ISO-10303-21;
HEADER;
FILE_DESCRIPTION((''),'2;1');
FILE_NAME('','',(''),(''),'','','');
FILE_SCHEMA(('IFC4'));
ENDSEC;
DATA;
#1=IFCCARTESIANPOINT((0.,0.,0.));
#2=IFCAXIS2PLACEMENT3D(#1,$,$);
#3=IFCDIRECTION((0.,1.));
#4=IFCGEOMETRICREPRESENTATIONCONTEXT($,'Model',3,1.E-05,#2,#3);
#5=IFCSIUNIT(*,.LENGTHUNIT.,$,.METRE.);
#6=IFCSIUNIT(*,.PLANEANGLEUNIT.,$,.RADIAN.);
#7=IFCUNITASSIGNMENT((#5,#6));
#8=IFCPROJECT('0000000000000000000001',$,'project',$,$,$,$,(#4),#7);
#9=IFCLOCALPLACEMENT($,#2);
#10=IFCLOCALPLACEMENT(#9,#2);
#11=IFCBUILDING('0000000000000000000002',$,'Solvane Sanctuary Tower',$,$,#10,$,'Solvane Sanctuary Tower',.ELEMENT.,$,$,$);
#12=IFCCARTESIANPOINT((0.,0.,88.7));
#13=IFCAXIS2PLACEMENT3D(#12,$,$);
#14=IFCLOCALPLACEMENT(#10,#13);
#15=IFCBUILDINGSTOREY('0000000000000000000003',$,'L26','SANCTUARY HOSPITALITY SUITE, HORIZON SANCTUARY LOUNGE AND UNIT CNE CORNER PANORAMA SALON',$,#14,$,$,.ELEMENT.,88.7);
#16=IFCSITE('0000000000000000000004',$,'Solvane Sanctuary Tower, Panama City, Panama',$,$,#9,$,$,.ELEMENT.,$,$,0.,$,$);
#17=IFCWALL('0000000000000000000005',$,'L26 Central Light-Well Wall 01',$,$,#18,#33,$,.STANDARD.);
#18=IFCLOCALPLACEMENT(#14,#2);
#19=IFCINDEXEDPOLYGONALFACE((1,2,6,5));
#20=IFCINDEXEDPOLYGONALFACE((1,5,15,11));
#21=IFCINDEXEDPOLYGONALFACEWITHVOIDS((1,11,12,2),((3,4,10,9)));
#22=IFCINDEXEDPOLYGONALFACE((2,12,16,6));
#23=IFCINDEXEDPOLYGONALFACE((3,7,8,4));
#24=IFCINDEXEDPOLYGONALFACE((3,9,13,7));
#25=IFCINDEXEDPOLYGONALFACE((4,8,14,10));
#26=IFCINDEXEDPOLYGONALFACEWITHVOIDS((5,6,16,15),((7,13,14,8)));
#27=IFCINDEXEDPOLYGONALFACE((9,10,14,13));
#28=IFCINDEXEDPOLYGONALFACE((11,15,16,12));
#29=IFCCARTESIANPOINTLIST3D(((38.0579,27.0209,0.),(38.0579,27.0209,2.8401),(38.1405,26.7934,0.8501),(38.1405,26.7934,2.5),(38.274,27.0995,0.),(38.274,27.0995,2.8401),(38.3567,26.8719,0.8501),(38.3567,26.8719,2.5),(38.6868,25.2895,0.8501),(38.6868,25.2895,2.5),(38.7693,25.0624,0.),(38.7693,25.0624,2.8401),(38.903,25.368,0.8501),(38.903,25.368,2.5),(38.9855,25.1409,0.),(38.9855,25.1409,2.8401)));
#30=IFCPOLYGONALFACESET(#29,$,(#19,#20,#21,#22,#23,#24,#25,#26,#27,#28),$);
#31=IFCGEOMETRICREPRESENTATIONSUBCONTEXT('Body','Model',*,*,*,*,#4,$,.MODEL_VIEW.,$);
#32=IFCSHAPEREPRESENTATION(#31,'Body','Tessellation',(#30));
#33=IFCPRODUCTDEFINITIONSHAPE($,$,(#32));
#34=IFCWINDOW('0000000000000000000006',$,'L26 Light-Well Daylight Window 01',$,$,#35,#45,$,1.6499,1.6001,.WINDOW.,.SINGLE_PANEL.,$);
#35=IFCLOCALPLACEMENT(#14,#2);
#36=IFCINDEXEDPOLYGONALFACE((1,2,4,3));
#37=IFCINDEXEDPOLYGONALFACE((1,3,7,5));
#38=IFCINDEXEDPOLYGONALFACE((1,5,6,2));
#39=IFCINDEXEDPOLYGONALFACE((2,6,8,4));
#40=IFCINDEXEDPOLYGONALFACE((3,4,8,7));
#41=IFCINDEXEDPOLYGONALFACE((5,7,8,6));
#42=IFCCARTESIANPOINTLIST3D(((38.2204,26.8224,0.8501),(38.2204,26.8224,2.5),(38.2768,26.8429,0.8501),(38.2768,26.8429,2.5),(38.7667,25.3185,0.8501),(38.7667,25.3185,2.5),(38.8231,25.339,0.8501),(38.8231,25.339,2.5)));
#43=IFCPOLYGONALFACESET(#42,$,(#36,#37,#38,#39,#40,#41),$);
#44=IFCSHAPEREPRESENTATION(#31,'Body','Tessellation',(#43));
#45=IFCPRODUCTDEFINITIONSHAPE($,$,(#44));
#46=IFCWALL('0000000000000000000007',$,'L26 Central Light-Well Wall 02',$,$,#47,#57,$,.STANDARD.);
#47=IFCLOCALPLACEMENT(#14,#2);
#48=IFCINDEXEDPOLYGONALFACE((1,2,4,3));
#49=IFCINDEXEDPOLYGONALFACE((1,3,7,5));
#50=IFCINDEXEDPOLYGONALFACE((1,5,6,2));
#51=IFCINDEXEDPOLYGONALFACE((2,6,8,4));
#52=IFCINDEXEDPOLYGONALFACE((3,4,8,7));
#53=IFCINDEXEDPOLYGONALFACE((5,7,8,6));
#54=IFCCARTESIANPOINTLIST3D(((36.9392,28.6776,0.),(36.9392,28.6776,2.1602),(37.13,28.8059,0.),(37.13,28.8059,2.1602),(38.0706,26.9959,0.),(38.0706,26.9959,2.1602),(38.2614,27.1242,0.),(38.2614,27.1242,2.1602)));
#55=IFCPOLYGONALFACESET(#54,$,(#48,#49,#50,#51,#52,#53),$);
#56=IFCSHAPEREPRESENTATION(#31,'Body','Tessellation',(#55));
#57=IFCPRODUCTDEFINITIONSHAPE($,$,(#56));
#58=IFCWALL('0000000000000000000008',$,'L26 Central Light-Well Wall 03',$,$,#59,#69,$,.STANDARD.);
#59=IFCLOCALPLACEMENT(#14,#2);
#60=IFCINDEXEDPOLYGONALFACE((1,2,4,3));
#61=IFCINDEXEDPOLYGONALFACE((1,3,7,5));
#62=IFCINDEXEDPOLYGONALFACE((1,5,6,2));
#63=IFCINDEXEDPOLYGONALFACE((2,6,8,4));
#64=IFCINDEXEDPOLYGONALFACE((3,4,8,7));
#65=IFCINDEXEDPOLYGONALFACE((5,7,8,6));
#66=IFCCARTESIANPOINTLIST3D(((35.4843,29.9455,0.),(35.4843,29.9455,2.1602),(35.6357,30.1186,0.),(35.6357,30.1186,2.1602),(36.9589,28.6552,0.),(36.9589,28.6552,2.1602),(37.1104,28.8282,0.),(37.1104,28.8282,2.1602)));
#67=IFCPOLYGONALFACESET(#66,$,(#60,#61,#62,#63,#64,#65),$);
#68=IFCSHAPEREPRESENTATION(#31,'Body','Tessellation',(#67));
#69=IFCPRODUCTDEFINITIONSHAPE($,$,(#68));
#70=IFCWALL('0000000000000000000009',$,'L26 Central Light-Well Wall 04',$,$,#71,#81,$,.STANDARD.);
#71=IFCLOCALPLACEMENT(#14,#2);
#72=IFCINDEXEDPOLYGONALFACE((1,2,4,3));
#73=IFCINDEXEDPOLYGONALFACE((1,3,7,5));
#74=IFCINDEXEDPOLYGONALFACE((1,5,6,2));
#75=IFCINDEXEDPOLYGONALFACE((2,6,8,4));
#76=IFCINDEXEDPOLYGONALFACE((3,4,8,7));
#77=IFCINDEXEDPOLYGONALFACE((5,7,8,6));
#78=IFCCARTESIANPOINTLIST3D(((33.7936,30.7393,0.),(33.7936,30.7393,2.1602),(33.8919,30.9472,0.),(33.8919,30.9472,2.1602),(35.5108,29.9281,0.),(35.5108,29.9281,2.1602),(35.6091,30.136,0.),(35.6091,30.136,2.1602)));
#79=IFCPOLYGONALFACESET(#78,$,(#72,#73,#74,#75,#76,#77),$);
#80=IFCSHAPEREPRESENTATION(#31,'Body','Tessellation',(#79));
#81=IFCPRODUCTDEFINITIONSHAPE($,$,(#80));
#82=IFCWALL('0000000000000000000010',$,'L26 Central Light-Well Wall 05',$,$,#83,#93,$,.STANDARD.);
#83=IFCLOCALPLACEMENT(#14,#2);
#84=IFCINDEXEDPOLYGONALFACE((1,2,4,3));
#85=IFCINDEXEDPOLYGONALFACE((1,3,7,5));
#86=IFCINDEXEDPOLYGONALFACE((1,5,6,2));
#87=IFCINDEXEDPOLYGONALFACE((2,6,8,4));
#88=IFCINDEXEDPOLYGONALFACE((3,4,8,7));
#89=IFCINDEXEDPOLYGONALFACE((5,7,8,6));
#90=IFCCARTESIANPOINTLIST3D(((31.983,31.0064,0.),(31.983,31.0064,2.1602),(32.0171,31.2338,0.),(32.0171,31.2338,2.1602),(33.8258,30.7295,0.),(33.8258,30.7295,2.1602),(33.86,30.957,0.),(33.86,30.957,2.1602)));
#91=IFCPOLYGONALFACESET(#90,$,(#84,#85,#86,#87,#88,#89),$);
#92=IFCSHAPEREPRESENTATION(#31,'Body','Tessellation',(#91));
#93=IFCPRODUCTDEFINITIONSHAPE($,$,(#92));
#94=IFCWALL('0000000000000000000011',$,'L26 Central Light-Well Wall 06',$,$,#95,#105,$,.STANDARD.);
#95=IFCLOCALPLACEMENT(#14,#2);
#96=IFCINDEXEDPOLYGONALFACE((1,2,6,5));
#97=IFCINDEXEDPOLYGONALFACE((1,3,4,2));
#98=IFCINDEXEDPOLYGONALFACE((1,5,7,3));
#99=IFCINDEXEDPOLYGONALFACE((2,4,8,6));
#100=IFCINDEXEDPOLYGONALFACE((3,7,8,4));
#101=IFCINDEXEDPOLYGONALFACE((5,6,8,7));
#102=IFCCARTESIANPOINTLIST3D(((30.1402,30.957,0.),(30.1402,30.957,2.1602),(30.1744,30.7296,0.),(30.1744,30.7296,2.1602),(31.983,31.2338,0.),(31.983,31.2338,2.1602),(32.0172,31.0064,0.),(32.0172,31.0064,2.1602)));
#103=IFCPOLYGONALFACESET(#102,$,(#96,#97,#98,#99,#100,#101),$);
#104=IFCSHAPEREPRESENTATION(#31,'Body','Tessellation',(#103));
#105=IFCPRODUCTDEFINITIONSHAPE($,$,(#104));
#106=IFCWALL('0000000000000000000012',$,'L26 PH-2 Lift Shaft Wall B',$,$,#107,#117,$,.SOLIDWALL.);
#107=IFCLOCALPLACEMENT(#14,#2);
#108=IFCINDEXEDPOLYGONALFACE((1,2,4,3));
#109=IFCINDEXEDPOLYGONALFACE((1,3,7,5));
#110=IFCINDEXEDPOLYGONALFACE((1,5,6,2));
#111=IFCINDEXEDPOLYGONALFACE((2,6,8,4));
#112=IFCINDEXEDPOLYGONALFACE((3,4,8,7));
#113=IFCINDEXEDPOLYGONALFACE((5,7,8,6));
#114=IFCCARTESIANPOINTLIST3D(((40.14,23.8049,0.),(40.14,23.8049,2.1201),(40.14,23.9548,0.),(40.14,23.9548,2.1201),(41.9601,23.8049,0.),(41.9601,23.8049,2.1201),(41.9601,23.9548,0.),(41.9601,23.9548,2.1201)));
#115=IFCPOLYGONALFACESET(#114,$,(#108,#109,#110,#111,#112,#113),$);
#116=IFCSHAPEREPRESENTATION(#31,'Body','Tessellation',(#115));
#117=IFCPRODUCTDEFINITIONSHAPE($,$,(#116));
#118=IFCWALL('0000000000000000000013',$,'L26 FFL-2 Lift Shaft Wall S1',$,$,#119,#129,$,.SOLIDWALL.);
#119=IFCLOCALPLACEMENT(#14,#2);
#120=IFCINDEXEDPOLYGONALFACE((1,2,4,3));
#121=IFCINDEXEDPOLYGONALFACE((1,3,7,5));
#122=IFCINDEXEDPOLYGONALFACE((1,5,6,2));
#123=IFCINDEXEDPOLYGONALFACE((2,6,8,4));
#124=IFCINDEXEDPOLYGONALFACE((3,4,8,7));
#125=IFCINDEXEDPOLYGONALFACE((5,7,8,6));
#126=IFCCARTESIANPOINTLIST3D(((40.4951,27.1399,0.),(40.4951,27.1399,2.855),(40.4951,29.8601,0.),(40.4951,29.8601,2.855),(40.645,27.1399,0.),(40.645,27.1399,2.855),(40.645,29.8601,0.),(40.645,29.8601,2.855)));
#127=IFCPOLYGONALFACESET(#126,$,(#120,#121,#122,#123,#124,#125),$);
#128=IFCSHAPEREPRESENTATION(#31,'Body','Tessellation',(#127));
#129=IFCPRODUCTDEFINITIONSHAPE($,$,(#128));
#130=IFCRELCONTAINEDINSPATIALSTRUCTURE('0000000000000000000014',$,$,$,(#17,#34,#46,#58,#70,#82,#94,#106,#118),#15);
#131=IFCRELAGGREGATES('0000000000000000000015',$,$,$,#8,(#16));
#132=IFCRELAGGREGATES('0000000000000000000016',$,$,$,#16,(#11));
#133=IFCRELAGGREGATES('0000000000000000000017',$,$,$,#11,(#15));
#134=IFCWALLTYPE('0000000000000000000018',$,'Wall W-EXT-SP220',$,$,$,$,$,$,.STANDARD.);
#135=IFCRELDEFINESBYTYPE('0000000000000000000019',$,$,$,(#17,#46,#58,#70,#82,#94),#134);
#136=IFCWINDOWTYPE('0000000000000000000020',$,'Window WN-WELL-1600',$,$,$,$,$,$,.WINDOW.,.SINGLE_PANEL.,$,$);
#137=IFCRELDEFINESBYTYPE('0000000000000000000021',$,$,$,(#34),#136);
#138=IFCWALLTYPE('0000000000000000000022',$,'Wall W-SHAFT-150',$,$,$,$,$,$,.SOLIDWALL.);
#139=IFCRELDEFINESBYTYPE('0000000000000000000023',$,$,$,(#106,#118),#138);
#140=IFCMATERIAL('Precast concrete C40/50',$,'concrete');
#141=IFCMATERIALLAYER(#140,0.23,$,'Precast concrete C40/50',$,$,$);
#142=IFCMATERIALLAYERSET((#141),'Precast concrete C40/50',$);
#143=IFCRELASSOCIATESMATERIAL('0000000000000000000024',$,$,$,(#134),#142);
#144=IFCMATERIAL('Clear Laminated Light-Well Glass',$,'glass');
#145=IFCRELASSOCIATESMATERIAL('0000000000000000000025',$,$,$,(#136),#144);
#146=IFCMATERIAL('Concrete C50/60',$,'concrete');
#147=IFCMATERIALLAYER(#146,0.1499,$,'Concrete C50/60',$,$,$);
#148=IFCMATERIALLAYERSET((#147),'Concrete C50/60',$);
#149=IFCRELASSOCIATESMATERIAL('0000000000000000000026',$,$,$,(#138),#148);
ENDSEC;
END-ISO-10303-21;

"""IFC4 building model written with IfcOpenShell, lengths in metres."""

from ifc_helpers import new_model, si_unit, direction, frame, frame_2d, origin, place, context, subcontext, project, spatial, rectangle, extrude, material, layer, layer_set, type_object, element, fill, save


model = new_model("IFC4")

# Units and contexts
model_context = context("Model", 3, precision=1e-05, world=origin(), true_north=direction((0.0, 1.0)))
body_context = subcontext(model_context, "Body", "Model", "MODEL_VIEW")
ifc_project = project(units=[si_unit("LENGTHUNIT", "METRE"), si_unit("PLANEANGLEUNIT", "RADIAN")], contexts=[model_context])

# Site, building, storey
site_placement = place(None, origin())
site = spatial("IfcSite", under=ifc_project, at=site_placement, Name="Solvane Sanctuary Tower, Panama City, Panama", CompositionType="ELEMENT", RefElevation=0.0)
building_placement = place(site_placement, origin())
building = spatial("IfcBuilding", under=site, at=building_placement, Name="Solvane Sanctuary Tower", LongName="Solvane Sanctuary Tower", CompositionType="ELEMENT")
storey_placement = place(building_placement, frame((0.0, 0.0, 88.7)))
storey = spatial("IfcBuildingStorey", under=building, at=storey_placement, Name="L26", Description="SANCTUARY HOSPITALITY SUITE, HORIZON SANCTUARY LOUNGE AND UNIT CNE CORNER PANORAMA SALON", CompositionType="ELEMENT", Elevation=88.7)

# Shared definitions
ifc_material_1 = material(Name="Precast concrete C40/50", Category="concrete")
ifc_layer_1 = layer(ifc_material_1, 0.23, Name="Precast concrete C40/50")
ifc_layer_set_1 = layer_set([ifc_layer_1], Name="Precast concrete C40/50")
wall_type_1 = type_object("IfcWallType", Name="Wall W-EXT-SP220", PredefinedType="STANDARD", material=ifc_layer_set_1)

# Wall, opening, window
wall_1_placement = place(storey_placement, frame((38.8774, 25.1016, 0.0), z_axis=(0.0, 0.0, 1.0), x_axis=(-0.341423, 0.93991, 0.0)))
wall_1 = element("IfcWall", 1, at=wall_1_placement, inside=storey, type_object=wall_type_1, Name="L26 Central Light-Well Wall 01", PredefinedType="STANDARD", context=body_context, shape_type="SweptSolid", body=[
    extrude(rectangle(XDim=2.0837, YDim=0.23, at=frame_2d((1.042, 0.0))), origin(), (0.0, 0.0, 1.0), 2.8401),
])
opening_1_placement = place(wall_1_placement, frame((0.2417, 0.0, 0.8501)))
opening_1 = element("IfcOpeningElement", 2, at=opening_1_placement, cuts=wall_1, PredefinedType="OPENING", context=body_context, shape_type="SweptSolid", body=[
    extrude(rectangle(XDim=1.6001, YDim=1.6499, at=frame_2d((0.8, 0.825))), frame((0.0, 0.125, 0.0), z_axis=(0.0, -1.0, 0.0), x_axis=(1.0, 0.0, 0.0)), (0.0, 0.0, 1.0), 0.25),
])
ifc_material_2 = material(Name="Clear Laminated Light-Well Glass", Category="glass")
window_type = type_object("IfcWindowType", Name="Window WN-WELL-1600", PartitioningType="SINGLE_PANEL", PredefinedType="WINDOW", material=ifc_material_2)
window_placement = place(opening_1_placement, origin())
window = element("IfcWindow", 3, at=window_placement, inside=storey, type_object=window_type, Name="L26 Light-Well Daylight Window 01", OverallHeight=1.6499, OverallWidth=1.6001, PartitioningType="SINGLE_PANEL", PredefinedType="WINDOW", context=body_context, shape_type="SweptSolid", body=[
    extrude(rectangle(XDim=1.6001, YDim=1.6499, at=frame_2d((0.8, 0.825))), frame((0.0, 0.03, 0.0), z_axis=(0.0, -1.0, 0.0), x_axis=(1.0, 0.0, 0.0)), (0.0, 0.0, 1.0), 0.0601),
])
fill(opening_1, window)

# Walls
wall_2_placement = place(storey_placement, frame((38.166, 27.0601, 0.0), z_axis=(0.0, 0.0, 1.0), x_axis=(-0.558198, 0.829708, 0.0)))
element("IfcWall", 4, at=wall_2_placement, inside=storey, type_object=wall_type_1, Name="L26 Central Light-Well Wall 02", PredefinedType="STANDARD", context=body_context, shape_type="SweptSolid", body=[
    extrude(rectangle(XDim=2.0269, YDim=0.23, at=frame_2d((1.0134, 0.0))), origin(), (0.0, 0.0, 1.0), 2.1602),
])
wall_3_placement = place(storey_placement, frame((37.0347, 28.7417, 0.0), z_axis=(0.0, 0.0, 1.0), x_axis=(-0.752577, 0.658505, 0.0)))
element("IfcWall", 5, at=wall_3_placement, inside=storey, type_object=wall_type_1, Name="L26 Central Light-Well Wall 03", PredefinedType="STANDARD", context=body_context, shape_type="SweptSolid", body=[
    extrude(rectangle(XDim=1.9595, YDim=0.23, at=frame_2d((0.9797, 0.0))), origin(), (0.0, 0.0, 1.0), 2.1602),
])
wall_4_placement = place(storey_placement, frame((35.5601, 30.032, 0.0), z_axis=(0.0, 0.0, 1.0), x_axis=(-0.90418, 0.427152, 0.0)))
element("IfcWall", 6, at=wall_4_placement, inside=storey, type_object=wall_type_1, Name="L26 Central Light-Well Wall 04", PredefinedType="STANDARD", context=body_context, shape_type="SweptSolid", body=[
    extrude(rectangle(XDim=1.8992, YDim=0.23, at=frame_2d((0.9497, 0.0))), origin(), (0.0, 0.0, 1.0), 2.1602),
])
for number, where, z_axis, x_axis, name in (
    (7, (33.8428, 30.8433, 0.0), (0.0, 0.0, 1.0), (-0.988902, 0.148571, 0.0), "L26 Central Light-Well Wall 05"),
    (8, (32.0, 31.1201, 0.0), (0.0, 0.0, 1.0), (-0.988902, -0.148571, 0.0), "L26 Central Light-Well Wall 06"),
):
    element("IfcWall", number, at=place(storey_placement, frame(where, z_axis=z_axis, x_axis=x_axis)), inside=storey, type_object=wall_type_1, Name=name, PredefinedType="STANDARD", context=body_context, shape_type="SweptSolid", body=[
        extrude(rectangle(XDim=1.8635, YDim=0.23, at=frame_2d((0.9316, 0.0))), origin(), (0.0, 0.0, 1.0), 2.1602),
    ])
ifc_material_3 = material(Name="Concrete C50/60", Category="concrete")
ifc_layer_2 = layer(ifc_material_3, 0.1499, Name="Concrete C50/60")
ifc_layer_set_2 = layer_set([ifc_layer_2], Name="Concrete C50/60")
wall_type_2 = type_object("IfcWallType", Name="Wall W-SHAFT-150", PredefinedType="SOLIDWALL", material=ifc_layer_set_2)
wall_5_placement = place(storey_placement, frame((40.1399, 23.8799, 0.0), z_axis=(0.0, 0.0, 1.0), x_axis=(1.0, 0.0, 0.0)))
element("IfcWall", 9, at=wall_5_placement, inside=storey, type_object=wall_type_2, Name="L26 PH-2 Lift Shaft Wall B", PredefinedType="SOLIDWALL", context=body_context, shape_type="SweptSolid", body=[
    extrude(rectangle(XDim=1.8201, YDim=0.1499, at=frame_2d((0.9102, 0.0))), origin(), (0.0, 0.0, 1.0), 2.1201),
])
wall_6_placement = place(storey_placement, frame((40.5701, 27.1399, 0.0), z_axis=(0.0, 0.0, 1.0), x_axis=(0.0, 1.0, 0.0)))
element("IfcWall", 10, at=wall_6_placement, inside=storey, type_object=wall_type_2, Name="L26 FFL-2 Lift Shaft Wall S1", PredefinedType="SOLIDWALL", context=body_context, shape_type="SweptSolid", body=[
    extrude(rectangle(XDim=2.7202, YDim=0.1499, at=frame_2d((1.3601, 0.0))), origin(), (0.0, 0.0, 1.0), 2.855),
])

save(model, "model.ifc")
